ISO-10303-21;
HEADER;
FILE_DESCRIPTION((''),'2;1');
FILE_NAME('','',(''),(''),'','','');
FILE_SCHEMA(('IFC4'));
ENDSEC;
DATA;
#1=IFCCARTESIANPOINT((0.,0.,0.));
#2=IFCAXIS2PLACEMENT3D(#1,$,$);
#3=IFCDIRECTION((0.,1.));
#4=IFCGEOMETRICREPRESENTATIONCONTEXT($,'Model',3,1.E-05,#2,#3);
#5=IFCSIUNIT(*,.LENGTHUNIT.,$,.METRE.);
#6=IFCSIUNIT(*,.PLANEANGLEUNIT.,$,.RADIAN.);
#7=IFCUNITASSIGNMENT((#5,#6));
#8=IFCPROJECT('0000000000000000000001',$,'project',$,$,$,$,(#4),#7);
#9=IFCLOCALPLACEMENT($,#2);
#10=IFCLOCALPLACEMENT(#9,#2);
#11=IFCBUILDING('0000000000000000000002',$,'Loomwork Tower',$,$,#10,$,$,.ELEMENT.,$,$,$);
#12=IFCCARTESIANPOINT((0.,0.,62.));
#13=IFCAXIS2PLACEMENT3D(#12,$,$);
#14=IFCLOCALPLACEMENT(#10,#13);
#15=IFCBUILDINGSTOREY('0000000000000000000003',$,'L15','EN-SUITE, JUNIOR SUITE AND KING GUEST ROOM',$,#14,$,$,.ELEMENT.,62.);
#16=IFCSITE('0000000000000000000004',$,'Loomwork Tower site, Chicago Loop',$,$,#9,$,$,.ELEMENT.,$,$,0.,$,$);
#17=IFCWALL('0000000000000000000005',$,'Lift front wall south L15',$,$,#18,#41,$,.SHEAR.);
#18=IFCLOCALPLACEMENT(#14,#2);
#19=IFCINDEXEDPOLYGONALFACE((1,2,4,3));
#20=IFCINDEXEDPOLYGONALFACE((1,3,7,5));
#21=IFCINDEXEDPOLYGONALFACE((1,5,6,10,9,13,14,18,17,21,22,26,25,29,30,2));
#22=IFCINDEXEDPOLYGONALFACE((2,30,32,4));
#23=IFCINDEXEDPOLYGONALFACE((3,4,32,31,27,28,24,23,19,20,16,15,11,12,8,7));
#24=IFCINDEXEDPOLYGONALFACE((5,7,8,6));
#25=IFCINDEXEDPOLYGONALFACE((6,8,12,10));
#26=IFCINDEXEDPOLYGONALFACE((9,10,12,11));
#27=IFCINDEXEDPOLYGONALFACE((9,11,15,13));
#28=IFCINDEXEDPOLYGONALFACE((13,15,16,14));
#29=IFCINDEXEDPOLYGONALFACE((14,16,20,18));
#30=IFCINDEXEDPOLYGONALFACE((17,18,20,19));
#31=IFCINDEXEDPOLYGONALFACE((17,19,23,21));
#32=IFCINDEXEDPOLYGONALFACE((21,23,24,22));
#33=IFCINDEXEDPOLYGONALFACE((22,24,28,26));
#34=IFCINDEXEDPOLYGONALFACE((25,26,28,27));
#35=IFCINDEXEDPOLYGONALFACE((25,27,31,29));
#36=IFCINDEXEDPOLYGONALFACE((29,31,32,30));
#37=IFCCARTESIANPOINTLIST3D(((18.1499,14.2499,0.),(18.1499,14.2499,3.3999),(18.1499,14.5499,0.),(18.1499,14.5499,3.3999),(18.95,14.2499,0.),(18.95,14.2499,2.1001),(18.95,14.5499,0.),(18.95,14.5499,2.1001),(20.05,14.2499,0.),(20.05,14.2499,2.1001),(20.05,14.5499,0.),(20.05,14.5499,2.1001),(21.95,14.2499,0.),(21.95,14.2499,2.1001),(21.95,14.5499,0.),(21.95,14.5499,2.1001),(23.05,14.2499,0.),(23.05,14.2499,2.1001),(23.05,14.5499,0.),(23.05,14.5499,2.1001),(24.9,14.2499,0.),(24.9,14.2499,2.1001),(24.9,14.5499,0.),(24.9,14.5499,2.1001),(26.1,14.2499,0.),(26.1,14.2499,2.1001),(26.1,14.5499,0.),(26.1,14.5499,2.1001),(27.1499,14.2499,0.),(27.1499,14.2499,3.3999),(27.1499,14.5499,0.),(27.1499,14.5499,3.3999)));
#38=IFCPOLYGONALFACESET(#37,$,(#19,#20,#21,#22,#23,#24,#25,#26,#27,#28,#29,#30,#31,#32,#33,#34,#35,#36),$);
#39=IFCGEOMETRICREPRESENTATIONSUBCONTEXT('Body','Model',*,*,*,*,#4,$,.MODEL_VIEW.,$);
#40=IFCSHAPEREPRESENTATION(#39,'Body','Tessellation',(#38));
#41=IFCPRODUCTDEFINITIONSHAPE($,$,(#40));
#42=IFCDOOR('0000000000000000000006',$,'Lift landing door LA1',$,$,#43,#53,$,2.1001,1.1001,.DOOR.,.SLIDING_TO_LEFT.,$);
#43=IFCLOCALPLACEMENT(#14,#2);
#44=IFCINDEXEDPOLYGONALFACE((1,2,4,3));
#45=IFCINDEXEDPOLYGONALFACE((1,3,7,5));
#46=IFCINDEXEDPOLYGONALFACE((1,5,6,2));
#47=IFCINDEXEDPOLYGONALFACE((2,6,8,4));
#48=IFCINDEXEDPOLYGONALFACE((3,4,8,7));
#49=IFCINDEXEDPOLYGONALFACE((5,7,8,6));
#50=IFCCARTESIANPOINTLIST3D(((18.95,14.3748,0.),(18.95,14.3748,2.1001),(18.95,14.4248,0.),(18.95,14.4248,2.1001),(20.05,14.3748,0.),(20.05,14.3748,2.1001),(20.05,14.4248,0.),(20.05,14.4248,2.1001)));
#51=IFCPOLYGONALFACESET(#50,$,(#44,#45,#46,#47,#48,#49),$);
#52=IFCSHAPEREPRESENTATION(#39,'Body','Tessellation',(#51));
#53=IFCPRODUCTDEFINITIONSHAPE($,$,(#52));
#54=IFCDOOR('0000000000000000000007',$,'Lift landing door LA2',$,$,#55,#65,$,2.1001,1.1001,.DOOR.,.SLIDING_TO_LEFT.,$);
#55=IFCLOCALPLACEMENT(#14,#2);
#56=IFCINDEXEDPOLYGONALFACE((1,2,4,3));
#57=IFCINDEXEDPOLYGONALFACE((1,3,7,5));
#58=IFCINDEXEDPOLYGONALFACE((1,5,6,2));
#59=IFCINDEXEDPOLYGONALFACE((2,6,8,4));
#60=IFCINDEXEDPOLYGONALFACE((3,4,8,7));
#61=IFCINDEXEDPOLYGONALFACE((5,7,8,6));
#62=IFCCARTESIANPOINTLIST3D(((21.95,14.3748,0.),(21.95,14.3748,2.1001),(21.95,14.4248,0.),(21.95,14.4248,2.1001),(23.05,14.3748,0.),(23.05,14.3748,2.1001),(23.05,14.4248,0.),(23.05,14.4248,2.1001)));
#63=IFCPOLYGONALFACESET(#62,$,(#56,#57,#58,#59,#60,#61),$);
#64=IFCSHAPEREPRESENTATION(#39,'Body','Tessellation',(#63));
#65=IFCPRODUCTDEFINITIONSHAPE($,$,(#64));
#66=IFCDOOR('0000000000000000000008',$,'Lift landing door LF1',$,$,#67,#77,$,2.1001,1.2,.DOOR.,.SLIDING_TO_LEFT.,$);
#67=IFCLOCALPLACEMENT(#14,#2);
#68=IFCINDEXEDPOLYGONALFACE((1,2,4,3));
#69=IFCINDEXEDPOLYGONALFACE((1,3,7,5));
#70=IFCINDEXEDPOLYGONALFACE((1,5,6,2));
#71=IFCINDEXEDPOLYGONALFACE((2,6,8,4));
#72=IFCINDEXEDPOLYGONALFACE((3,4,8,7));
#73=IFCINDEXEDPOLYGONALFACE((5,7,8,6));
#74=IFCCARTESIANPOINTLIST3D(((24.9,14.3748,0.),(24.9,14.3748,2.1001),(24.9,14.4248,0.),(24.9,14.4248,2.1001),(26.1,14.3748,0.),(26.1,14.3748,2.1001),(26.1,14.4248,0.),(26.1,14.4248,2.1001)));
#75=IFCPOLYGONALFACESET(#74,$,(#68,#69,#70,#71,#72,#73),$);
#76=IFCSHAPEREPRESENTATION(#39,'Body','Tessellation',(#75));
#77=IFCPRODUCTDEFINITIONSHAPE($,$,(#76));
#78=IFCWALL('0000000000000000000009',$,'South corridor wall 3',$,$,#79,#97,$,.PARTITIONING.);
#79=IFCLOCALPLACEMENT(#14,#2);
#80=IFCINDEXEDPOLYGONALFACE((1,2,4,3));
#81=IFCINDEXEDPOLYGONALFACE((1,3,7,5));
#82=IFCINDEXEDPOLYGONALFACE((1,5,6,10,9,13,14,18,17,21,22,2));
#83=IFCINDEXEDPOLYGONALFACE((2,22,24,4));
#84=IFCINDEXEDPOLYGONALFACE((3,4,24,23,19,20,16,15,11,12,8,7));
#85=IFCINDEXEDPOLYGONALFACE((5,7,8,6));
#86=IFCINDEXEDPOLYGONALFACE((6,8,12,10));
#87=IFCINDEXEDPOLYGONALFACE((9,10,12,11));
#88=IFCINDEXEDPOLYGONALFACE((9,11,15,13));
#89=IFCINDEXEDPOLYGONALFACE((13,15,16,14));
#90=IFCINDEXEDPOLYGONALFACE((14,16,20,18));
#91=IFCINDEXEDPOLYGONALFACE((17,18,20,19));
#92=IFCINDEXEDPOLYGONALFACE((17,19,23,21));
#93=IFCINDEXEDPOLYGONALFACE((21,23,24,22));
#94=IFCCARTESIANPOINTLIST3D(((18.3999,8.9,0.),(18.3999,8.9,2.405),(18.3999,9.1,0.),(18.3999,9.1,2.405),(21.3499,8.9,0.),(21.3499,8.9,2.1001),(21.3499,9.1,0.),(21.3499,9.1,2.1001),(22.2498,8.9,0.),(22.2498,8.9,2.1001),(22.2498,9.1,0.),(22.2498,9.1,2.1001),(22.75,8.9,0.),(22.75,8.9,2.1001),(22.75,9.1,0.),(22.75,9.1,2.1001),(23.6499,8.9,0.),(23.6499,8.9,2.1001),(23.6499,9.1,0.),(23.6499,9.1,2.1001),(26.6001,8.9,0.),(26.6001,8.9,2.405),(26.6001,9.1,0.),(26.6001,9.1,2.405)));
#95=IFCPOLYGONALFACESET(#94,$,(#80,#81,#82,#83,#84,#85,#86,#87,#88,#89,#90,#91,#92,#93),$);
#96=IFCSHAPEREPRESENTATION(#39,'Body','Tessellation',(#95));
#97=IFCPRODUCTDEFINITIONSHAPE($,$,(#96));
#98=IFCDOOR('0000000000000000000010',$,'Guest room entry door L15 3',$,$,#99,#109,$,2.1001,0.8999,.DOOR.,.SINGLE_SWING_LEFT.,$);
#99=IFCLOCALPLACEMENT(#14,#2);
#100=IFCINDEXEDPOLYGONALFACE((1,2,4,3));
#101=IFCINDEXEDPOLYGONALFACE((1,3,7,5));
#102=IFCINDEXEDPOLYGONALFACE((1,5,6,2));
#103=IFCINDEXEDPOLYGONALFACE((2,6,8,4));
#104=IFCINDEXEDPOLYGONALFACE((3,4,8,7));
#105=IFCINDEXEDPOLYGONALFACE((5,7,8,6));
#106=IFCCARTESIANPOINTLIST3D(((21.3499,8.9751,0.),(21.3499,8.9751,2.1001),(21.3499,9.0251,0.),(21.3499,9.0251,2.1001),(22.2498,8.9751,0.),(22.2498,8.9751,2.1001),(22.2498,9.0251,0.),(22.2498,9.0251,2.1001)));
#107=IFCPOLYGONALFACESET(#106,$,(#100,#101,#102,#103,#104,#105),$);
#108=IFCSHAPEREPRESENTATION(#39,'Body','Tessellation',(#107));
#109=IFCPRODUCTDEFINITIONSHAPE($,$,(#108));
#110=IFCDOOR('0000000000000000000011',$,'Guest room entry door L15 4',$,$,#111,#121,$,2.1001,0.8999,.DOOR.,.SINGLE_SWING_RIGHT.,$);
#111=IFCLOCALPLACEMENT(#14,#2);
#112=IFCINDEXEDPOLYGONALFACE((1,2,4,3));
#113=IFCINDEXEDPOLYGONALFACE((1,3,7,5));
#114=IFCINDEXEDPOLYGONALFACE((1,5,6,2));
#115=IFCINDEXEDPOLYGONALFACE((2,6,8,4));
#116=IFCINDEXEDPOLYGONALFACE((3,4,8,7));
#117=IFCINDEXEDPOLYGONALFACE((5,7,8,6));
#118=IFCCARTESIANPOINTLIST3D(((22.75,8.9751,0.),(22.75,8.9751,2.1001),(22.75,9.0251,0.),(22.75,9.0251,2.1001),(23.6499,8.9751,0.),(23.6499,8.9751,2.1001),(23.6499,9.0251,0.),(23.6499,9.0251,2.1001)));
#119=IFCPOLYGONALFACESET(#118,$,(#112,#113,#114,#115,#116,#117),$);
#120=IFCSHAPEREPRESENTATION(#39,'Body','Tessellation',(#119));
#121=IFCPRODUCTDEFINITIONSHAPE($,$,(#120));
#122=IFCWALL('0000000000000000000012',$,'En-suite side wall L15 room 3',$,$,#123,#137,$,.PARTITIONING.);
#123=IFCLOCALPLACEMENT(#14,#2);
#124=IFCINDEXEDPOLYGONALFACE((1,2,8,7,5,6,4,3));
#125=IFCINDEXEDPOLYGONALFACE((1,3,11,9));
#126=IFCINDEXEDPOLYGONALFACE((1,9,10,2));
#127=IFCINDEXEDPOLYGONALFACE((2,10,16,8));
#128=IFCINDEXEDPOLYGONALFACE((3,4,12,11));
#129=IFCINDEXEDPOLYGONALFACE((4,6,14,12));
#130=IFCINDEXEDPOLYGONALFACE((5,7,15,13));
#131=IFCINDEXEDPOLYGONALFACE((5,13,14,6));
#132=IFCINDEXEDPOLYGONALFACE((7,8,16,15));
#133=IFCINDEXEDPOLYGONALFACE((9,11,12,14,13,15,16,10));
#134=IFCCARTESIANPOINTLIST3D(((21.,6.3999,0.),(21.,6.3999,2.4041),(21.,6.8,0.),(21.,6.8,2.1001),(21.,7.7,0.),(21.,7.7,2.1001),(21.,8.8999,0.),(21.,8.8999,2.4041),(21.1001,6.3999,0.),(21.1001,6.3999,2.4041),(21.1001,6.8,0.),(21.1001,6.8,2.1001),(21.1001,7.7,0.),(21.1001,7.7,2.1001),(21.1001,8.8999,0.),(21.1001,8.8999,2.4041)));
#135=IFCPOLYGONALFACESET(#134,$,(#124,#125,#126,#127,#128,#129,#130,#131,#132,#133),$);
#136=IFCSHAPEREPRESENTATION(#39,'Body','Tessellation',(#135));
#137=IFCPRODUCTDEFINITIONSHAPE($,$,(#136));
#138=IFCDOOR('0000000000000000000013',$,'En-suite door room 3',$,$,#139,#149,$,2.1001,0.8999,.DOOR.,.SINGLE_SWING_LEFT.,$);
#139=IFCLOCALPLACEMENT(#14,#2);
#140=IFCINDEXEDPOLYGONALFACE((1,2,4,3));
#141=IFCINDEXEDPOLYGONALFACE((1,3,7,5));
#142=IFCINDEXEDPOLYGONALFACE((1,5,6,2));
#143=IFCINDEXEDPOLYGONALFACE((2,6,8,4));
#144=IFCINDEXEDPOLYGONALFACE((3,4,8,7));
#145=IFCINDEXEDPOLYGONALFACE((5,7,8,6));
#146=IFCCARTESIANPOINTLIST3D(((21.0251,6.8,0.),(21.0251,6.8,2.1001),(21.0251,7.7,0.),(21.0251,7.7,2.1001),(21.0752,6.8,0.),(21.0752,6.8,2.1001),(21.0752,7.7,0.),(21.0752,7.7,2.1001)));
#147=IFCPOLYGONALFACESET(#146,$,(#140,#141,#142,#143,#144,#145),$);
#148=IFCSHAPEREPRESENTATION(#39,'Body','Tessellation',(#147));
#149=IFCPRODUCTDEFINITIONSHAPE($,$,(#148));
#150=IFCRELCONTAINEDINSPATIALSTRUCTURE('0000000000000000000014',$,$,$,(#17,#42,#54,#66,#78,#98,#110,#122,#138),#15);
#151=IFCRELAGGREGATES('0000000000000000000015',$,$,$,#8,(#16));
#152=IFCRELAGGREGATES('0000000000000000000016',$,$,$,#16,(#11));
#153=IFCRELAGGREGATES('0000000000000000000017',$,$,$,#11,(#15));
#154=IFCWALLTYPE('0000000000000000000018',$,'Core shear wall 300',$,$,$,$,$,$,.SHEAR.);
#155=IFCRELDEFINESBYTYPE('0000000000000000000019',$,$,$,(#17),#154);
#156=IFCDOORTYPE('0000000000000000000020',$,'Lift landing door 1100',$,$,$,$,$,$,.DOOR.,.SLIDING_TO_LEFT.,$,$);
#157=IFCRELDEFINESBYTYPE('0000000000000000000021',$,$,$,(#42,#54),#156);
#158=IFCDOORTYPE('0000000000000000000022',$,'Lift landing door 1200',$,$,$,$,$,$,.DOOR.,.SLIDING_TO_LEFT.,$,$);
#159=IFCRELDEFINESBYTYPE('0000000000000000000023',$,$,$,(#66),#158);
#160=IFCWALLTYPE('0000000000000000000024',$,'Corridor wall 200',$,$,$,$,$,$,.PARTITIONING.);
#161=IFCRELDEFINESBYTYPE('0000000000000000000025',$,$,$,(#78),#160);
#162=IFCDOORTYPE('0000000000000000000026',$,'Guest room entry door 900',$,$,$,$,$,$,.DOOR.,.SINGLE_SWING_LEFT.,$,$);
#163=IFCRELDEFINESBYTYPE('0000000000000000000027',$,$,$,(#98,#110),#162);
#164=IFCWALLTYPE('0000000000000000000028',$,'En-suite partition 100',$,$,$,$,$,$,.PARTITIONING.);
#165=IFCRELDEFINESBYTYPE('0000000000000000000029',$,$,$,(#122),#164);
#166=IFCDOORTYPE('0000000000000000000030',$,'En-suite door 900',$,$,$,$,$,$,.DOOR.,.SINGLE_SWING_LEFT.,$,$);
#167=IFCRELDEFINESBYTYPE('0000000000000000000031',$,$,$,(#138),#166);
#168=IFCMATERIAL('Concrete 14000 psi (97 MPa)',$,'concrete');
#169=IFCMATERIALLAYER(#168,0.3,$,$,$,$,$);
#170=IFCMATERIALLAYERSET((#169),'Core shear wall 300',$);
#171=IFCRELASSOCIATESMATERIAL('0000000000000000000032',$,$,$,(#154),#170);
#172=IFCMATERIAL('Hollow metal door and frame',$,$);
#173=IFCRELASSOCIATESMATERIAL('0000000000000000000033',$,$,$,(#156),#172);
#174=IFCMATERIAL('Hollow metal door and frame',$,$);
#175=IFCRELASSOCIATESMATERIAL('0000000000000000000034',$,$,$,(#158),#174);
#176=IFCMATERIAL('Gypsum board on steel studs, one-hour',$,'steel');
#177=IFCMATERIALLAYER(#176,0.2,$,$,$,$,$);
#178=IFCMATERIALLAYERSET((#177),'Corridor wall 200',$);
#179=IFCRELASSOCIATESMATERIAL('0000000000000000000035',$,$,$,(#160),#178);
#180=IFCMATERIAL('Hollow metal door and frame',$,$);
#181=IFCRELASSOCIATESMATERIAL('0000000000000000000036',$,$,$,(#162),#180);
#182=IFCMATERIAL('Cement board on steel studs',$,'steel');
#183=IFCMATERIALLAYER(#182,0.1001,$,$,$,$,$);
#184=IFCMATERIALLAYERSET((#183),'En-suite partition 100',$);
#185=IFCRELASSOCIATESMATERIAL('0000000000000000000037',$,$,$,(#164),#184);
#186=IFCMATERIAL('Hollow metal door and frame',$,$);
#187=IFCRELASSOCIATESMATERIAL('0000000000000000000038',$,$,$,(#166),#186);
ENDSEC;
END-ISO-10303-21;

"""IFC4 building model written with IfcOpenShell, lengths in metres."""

from ifc_helpers import new_model, si_unit, direction, frame, frame_2d, origin, place, context, subcontext, project, spatial, rectangle, extrude, material, layer, layer_set, type_object, element, fill, save


model = new_model("IFC4")

# Units and contexts
model_context = context("Model", 3, precision=1e-05, world=origin(), true_north=direction((0.0, 1.0)))
body_context = subcontext(model_context, "Body", "Model", "MODEL_VIEW")
ifc_project = project(units=[si_unit("LENGTHUNIT", "METRE"), si_unit("PLANEANGLEUNIT", "RADIAN")], contexts=[model_context])

# Site, building, storey
site_placement = place(None, origin())
site = spatial("IfcSite", under=ifc_project, at=site_placement, Name="Loomwork Tower site, Chicago Loop", CompositionType="ELEMENT", RefElevation=0.0)
building_placement = place(site_placement, origin())
building = spatial("IfcBuilding", under=site, at=building_placement, Name="Loomwork Tower", CompositionType="ELEMENT")
storey_placement = place(building_placement, frame((0.0, 0.0, 62.0)))
storey = spatial("IfcBuildingStorey", under=building, at=storey_placement, Name="L15", Description="EN-SUITE, JUNIOR SUITE AND KING GUEST ROOM", CompositionType="ELEMENT", Elevation=62.0)

# Walls, openings, doors
ifc_material_1 = material(Name="Concrete 14000 psi (97 MPa)", Category="concrete")
ifc_layer_1 = layer(ifc_material_1, 0.3)
ifc_layer_set_1 = layer_set([ifc_layer_1], Name="Core shear wall 300")
wall_type_1 = type_object("IfcWallType", Name="Core shear wall 300", PredefinedType="SHEAR", material=ifc_layer_set_1)
wall_1_placement = place(storey_placement, frame((18.1499, 14.3999, 0.0), z_axis=(0.0, 0.0, 1.0), x_axis=(1.0, 0.0, 0.0)))
wall_1 = element("IfcWall", 1, at=wall_1_placement, inside=storey, type_object=wall_type_1, Name="Lift front wall south L15", PredefinedType="SHEAR", context=body_context, shape_type="SweptSolid", body=[
    extrude(rectangle(XDim=9.0, YDim=0.3, at=frame_2d((4.5, 0.0))), origin(), (0.0, 0.0, 1.0), 3.3999),
])
opening_1_placement = place(wall_1_placement, frame((0.8, 0.0, 0.0)))
opening_1 = element("IfcOpeningElement", 2, at=opening_1_placement, cuts=wall_1, PredefinedType="OPENING", context=body_context, shape_type="SweptSolid", body=[
    extrude(rectangle(XDim=1.1001, YDim=2.1001, at=frame_2d((0.55, 1.05))), frame((0.0, 0.1599, 0.0), z_axis=(0.0, -1.0, 0.0), x_axis=(1.0, 0.0, 0.0)), (0.0, 0.0, 1.0), 0.3201),
])
opening_2_placement = place(wall_1_placement, frame((3.8, 0.0, 0.0)))
opening_2 = element("IfcOpeningElement", 3, at=opening_2_placement, cuts=wall_1, PredefinedType="OPENING", context=body_context, shape_type="SweptSolid", body=[
    extrude(rectangle(XDim=1.1001, YDim=2.1001, at=frame_2d((0.55, 1.05))), frame((0.0, 0.1599, 0.0), z_axis=(0.0, -1.0, 0.0), x_axis=(1.0, 0.0, 0.0)), (0.0, 0.0, 1.0), 0.3201),
])
opening_3_placement = place(wall_1_placement, frame((6.75, 0.0, 0.0)))
opening_3 = element("IfcOpeningElement", 4, at=opening_3_placement, cuts=wall_1, PredefinedType="OPENING", context=body_context, shape_type="SweptSolid", body=[
    extrude(rectangle(XDim=1.2, YDim=2.1001, at=frame_2d((0.6001, 1.05))), frame((0.0, 0.1599, 0.0), z_axis=(0.0, -1.0, 0.0), x_axis=(1.0, 0.0, 0.0)), (0.0, 0.0, 1.0), 0.3201),
])
ifc_material_2 = material(Name="Hollow metal door and frame")
door_type_1 = type_object("IfcDoorType", Name="Lift landing door 1100", OperationType="SLIDING_TO_LEFT", PredefinedType="DOOR", material=ifc_material_2)
door_1_placement = place(opening_1_placement, origin())
door_1 = element("IfcDoor", 5, at=door_1_placement, inside=storey, type_object=door_type_1, Name="Lift landing door LA1", OperationType="SLIDING_TO_LEFT", OverallHeight=2.1001, OverallWidth=1.1001, PredefinedType="DOOR", context=body_context, shape_type="SweptSolid", body=[
    extrude(rectangle(XDim=1.1001, YDim=2.1001, at=frame_2d((0.55, 1.05))), frame((0.0, 0.0249, 0.0), z_axis=(0.0, -1.0, 0.0), x_axis=(1.0, 0.0, 0.0)), (0.0, 0.0, 1.0), 0.05),
])
fill(opening_1, door_1)
door_2_placement = place(opening_2_placement, origin())
door_2 = element("IfcDoor", 6, at=door_2_placement, inside=storey, type_object=door_type_1, Name="Lift landing door LA2", OperationType="SLIDING_TO_LEFT", OverallHeight=2.1001, OverallWidth=1.1001, PredefinedType="DOOR", context=body_context, shape_type="SweptSolid", body=[
    extrude(rectangle(XDim=1.1001, YDim=2.1001, at=frame_2d((0.55, 1.05))), frame((0.0, 0.0249, 0.0), z_axis=(0.0, -1.0, 0.0), x_axis=(1.0, 0.0, 0.0)), (0.0, 0.0, 1.0), 0.05),
])
fill(opening_2, door_2)
ifc_material_3 = material(Name="Hollow metal door and frame")
door_type_2 = type_object("IfcDoorType", Name="Lift landing door 1200", OperationType="SLIDING_TO_LEFT", PredefinedType="DOOR", material=ifc_material_3)
door_3_placement = place(opening_3_placement, origin())
door_3 = element("IfcDoor", 7, at=door_3_placement, inside=storey, type_object=door_type_2, Name="Lift landing door LF1", OperationType="SLIDING_TO_LEFT", OverallHeight=2.1001, OverallWidth=1.2, PredefinedType="DOOR", context=body_context, shape_type="SweptSolid", body=[
    extrude(rectangle(XDim=1.2, YDim=2.1001, at=frame_2d((0.6001, 1.05))), frame((0.0, 0.0249, 0.0), z_axis=(0.0, -1.0, 0.0), x_axis=(1.0, 0.0, 0.0)), (0.0, 0.0, 1.0), 0.05),
])
fill(opening_3, door_3)
ifc_material_4 = material(Name="Gypsum board on steel studs, one-hour", Category="steel")
ifc_layer_2 = layer(ifc_material_4, 0.2)
ifc_layer_set_2 = layer_set([ifc_layer_2], Name="Corridor wall 200")
wall_type_2 = type_object("IfcWallType", Name="Corridor wall 200", PredefinedType="PARTITIONING", material=ifc_layer_set_2)
wall_2_placement = place(storey_placement, frame((18.3999, 9.0, 0.0), z_axis=(0.0, 0.0, 1.0), x_axis=(1.0, 0.0, 0.0)))
wall_2 = element("IfcWall", 8, at=wall_2_placement, inside=storey, type_object=wall_type_2, Name="South corridor wall 3", PredefinedType="PARTITIONING", context=body_context, shape_type="SweptSolid", body=[
    extrude(rectangle(XDim=8.2002, YDim=0.2, at=frame_2d((4.1001, 0.0))), origin(), (0.0, 0.0, 1.0), 2.405),
])
opening_4_placement = place(wall_2_placement, frame((2.95, 0.0, 0.0)))
opening_4 = element("IfcOpeningElement", 9, at=opening_4_placement, cuts=wall_2, PredefinedType="OPENING", context=body_context, shape_type="SweptSolid", body=[
    extrude(rectangle(XDim=0.8999, YDim=2.1001, at=frame_2d((0.45, 1.05))), frame((0.0, 0.1099, 0.0), z_axis=(0.0, -1.0, 0.0), x_axis=(1.0, 0.0, 0.0)), (0.0, 0.0, 1.0), 0.22),
])
opening_5_placement = place(wall_2_placement, frame((4.3501, 0.0, 0.0)))
opening_5 = element("IfcOpeningElement", 10, at=opening_5_placement, cuts=wall_2, PredefinedType="OPENING", context=body_context, shape_type="SweptSolid", body=[
    extrude(rectangle(XDim=0.8999, YDim=2.1001, at=frame_2d((0.45, 1.05))), frame((0.0, 0.1099, 0.0), z_axis=(0.0, -1.0, 0.0), x_axis=(1.0, 0.0, 0.0)), (0.0, 0.0, 1.0), 0.22),
])
ifc_material_5 = material(Name="Hollow metal door and frame")
door_type_3 = type_object("IfcDoorType", Name="Guest room entry door 900", OperationType="SINGLE_SWING_LEFT", PredefinedType="DOOR", material=ifc_material_5)
door_4_placement = place(opening_4_placement, frame((0.8999, 0.0, 0.0), z_axis=(0.0, 0.0, 1.0), x_axis=(-1.0, 0.0, 0.0)))
door_4 = element("IfcDoor", 11, at=door_4_placement, inside=storey, type_object=door_type_3, Name="Guest room entry door L15 3", OperationType="SINGLE_SWING_LEFT", OverallHeight=2.1001, OverallWidth=0.8999, PredefinedType="DOOR", context=body_context, shape_type="SweptSolid", body=[
    extrude(rectangle(XDim=0.8999, YDim=2.1001, at=frame_2d((0.45, 1.05))), frame((0.0, 0.0249, 0.0), z_axis=(0.0, -1.0, 0.0), x_axis=(1.0, 0.0, 0.0)), (0.0, 0.0, 1.0), 0.05),
])
fill(opening_4, door_4)
door_5_placement = place(opening_5_placement, frame((0.8999, 0.0, 0.0), z_axis=(0.0, 0.0, 1.0), x_axis=(-1.0, 0.0, 0.0)))
door_5 = element("IfcDoor", 12, at=door_5_placement, inside=storey, type_object=door_type_3, Name="Guest room entry door L15 4", OperationType="SINGLE_SWING_RIGHT", OverallHeight=2.1001, OverallWidth=0.8999, PredefinedType="DOOR", context=body_context, shape_type="SweptSolid", body=[
    extrude(rectangle(XDim=0.8999, YDim=2.1001, at=frame_2d((0.45, 1.05))), frame((0.0, 0.0249, 0.0), z_axis=(0.0, -1.0, 0.0), x_axis=(1.0, 0.0, 0.0)), (0.0, 0.0, 1.0), 0.05),
])
fill(opening_5, door_5)

# Wall, opening, door
ifc_material_6 = material(Name="Cement board on steel studs", Category="steel")
ifc_layer_3 = layer(ifc_material_6, 0.1001)
ifc_layer_set_3 = layer_set([ifc_layer_3], Name="En-suite partition 100")
wall_type_3 = type_object("IfcWallType", Name="En-suite partition 100", PredefinedType="PARTITIONING", material=ifc_layer_set_3)
wall_3_placement = place(storey_placement, frame((21.05, 8.8999, 0.0), z_axis=(0.0, 0.0, 1.0), x_axis=(0.0, -1.0, 0.0)))
wall_3 = element("IfcWall", 13, at=wall_3_placement, inside=storey, type_object=wall_type_3, Name="En-suite side wall L15 room 3", PredefinedType="PARTITIONING", context=body_context, shape_type="SweptSolid", body=[
    extrude(rectangle(XDim=2.5, YDim=0.1001, at=frame_2d((1.25, 0.0))), origin(), (0.0, 0.0, 1.0), 2.4041),
])
opening_6_placement = place(wall_3_placement, frame((1.2, 0.0, 0.0)))
opening_6 = element("IfcOpeningElement", 14, at=opening_6_placement, cuts=wall_3, PredefinedType="OPENING", context=body_context, shape_type="SweptSolid", body=[
    extrude(rectangle(XDim=0.8999, YDim=2.1001, at=frame_2d((0.45, 1.05))), frame((0.0, 0.0601, 0.0), z_axis=(0.0, -1.0, 0.0), x_axis=(1.0, 0.0, 0.0)), (0.0, 0.0, 1.0), 0.1201),
])
ifc_material_7 = material(Name="Hollow metal door and frame")
door_type_4 = type_object("IfcDoorType", Name="En-suite door 900", OperationType="SINGLE_SWING_LEFT", PredefinedType="DOOR", material=ifc_material_7)
door_6_placement = place(opening_6_placement, frame((0.8999, 0.0, 0.0), z_axis=(0.0, 0.0, 1.0), x_axis=(-1.0, 0.0, 0.0)))
door_6 = element("IfcDoor", 15, at=door_6_placement, inside=storey, type_object=door_type_4, Name="En-suite door room 3", OperationType="SINGLE_SWING_LEFT", OverallHeight=2.1001, OverallWidth=0.8999, PredefinedType="DOOR", context=body_context, shape_type="SweptSolid", body=[
    extrude(rectangle(XDim=0.8999, YDim=2.1001, at=frame_2d((0.45, 1.05))), frame((0.0, 0.0249, 0.0), z_axis=(0.0, -1.0, 0.0), x_axis=(1.0, 0.0, 0.0)), (0.0, 0.0, 1.0), 0.05),
])
fill(opening_6, door_6)

save(model, "model.ifc")
